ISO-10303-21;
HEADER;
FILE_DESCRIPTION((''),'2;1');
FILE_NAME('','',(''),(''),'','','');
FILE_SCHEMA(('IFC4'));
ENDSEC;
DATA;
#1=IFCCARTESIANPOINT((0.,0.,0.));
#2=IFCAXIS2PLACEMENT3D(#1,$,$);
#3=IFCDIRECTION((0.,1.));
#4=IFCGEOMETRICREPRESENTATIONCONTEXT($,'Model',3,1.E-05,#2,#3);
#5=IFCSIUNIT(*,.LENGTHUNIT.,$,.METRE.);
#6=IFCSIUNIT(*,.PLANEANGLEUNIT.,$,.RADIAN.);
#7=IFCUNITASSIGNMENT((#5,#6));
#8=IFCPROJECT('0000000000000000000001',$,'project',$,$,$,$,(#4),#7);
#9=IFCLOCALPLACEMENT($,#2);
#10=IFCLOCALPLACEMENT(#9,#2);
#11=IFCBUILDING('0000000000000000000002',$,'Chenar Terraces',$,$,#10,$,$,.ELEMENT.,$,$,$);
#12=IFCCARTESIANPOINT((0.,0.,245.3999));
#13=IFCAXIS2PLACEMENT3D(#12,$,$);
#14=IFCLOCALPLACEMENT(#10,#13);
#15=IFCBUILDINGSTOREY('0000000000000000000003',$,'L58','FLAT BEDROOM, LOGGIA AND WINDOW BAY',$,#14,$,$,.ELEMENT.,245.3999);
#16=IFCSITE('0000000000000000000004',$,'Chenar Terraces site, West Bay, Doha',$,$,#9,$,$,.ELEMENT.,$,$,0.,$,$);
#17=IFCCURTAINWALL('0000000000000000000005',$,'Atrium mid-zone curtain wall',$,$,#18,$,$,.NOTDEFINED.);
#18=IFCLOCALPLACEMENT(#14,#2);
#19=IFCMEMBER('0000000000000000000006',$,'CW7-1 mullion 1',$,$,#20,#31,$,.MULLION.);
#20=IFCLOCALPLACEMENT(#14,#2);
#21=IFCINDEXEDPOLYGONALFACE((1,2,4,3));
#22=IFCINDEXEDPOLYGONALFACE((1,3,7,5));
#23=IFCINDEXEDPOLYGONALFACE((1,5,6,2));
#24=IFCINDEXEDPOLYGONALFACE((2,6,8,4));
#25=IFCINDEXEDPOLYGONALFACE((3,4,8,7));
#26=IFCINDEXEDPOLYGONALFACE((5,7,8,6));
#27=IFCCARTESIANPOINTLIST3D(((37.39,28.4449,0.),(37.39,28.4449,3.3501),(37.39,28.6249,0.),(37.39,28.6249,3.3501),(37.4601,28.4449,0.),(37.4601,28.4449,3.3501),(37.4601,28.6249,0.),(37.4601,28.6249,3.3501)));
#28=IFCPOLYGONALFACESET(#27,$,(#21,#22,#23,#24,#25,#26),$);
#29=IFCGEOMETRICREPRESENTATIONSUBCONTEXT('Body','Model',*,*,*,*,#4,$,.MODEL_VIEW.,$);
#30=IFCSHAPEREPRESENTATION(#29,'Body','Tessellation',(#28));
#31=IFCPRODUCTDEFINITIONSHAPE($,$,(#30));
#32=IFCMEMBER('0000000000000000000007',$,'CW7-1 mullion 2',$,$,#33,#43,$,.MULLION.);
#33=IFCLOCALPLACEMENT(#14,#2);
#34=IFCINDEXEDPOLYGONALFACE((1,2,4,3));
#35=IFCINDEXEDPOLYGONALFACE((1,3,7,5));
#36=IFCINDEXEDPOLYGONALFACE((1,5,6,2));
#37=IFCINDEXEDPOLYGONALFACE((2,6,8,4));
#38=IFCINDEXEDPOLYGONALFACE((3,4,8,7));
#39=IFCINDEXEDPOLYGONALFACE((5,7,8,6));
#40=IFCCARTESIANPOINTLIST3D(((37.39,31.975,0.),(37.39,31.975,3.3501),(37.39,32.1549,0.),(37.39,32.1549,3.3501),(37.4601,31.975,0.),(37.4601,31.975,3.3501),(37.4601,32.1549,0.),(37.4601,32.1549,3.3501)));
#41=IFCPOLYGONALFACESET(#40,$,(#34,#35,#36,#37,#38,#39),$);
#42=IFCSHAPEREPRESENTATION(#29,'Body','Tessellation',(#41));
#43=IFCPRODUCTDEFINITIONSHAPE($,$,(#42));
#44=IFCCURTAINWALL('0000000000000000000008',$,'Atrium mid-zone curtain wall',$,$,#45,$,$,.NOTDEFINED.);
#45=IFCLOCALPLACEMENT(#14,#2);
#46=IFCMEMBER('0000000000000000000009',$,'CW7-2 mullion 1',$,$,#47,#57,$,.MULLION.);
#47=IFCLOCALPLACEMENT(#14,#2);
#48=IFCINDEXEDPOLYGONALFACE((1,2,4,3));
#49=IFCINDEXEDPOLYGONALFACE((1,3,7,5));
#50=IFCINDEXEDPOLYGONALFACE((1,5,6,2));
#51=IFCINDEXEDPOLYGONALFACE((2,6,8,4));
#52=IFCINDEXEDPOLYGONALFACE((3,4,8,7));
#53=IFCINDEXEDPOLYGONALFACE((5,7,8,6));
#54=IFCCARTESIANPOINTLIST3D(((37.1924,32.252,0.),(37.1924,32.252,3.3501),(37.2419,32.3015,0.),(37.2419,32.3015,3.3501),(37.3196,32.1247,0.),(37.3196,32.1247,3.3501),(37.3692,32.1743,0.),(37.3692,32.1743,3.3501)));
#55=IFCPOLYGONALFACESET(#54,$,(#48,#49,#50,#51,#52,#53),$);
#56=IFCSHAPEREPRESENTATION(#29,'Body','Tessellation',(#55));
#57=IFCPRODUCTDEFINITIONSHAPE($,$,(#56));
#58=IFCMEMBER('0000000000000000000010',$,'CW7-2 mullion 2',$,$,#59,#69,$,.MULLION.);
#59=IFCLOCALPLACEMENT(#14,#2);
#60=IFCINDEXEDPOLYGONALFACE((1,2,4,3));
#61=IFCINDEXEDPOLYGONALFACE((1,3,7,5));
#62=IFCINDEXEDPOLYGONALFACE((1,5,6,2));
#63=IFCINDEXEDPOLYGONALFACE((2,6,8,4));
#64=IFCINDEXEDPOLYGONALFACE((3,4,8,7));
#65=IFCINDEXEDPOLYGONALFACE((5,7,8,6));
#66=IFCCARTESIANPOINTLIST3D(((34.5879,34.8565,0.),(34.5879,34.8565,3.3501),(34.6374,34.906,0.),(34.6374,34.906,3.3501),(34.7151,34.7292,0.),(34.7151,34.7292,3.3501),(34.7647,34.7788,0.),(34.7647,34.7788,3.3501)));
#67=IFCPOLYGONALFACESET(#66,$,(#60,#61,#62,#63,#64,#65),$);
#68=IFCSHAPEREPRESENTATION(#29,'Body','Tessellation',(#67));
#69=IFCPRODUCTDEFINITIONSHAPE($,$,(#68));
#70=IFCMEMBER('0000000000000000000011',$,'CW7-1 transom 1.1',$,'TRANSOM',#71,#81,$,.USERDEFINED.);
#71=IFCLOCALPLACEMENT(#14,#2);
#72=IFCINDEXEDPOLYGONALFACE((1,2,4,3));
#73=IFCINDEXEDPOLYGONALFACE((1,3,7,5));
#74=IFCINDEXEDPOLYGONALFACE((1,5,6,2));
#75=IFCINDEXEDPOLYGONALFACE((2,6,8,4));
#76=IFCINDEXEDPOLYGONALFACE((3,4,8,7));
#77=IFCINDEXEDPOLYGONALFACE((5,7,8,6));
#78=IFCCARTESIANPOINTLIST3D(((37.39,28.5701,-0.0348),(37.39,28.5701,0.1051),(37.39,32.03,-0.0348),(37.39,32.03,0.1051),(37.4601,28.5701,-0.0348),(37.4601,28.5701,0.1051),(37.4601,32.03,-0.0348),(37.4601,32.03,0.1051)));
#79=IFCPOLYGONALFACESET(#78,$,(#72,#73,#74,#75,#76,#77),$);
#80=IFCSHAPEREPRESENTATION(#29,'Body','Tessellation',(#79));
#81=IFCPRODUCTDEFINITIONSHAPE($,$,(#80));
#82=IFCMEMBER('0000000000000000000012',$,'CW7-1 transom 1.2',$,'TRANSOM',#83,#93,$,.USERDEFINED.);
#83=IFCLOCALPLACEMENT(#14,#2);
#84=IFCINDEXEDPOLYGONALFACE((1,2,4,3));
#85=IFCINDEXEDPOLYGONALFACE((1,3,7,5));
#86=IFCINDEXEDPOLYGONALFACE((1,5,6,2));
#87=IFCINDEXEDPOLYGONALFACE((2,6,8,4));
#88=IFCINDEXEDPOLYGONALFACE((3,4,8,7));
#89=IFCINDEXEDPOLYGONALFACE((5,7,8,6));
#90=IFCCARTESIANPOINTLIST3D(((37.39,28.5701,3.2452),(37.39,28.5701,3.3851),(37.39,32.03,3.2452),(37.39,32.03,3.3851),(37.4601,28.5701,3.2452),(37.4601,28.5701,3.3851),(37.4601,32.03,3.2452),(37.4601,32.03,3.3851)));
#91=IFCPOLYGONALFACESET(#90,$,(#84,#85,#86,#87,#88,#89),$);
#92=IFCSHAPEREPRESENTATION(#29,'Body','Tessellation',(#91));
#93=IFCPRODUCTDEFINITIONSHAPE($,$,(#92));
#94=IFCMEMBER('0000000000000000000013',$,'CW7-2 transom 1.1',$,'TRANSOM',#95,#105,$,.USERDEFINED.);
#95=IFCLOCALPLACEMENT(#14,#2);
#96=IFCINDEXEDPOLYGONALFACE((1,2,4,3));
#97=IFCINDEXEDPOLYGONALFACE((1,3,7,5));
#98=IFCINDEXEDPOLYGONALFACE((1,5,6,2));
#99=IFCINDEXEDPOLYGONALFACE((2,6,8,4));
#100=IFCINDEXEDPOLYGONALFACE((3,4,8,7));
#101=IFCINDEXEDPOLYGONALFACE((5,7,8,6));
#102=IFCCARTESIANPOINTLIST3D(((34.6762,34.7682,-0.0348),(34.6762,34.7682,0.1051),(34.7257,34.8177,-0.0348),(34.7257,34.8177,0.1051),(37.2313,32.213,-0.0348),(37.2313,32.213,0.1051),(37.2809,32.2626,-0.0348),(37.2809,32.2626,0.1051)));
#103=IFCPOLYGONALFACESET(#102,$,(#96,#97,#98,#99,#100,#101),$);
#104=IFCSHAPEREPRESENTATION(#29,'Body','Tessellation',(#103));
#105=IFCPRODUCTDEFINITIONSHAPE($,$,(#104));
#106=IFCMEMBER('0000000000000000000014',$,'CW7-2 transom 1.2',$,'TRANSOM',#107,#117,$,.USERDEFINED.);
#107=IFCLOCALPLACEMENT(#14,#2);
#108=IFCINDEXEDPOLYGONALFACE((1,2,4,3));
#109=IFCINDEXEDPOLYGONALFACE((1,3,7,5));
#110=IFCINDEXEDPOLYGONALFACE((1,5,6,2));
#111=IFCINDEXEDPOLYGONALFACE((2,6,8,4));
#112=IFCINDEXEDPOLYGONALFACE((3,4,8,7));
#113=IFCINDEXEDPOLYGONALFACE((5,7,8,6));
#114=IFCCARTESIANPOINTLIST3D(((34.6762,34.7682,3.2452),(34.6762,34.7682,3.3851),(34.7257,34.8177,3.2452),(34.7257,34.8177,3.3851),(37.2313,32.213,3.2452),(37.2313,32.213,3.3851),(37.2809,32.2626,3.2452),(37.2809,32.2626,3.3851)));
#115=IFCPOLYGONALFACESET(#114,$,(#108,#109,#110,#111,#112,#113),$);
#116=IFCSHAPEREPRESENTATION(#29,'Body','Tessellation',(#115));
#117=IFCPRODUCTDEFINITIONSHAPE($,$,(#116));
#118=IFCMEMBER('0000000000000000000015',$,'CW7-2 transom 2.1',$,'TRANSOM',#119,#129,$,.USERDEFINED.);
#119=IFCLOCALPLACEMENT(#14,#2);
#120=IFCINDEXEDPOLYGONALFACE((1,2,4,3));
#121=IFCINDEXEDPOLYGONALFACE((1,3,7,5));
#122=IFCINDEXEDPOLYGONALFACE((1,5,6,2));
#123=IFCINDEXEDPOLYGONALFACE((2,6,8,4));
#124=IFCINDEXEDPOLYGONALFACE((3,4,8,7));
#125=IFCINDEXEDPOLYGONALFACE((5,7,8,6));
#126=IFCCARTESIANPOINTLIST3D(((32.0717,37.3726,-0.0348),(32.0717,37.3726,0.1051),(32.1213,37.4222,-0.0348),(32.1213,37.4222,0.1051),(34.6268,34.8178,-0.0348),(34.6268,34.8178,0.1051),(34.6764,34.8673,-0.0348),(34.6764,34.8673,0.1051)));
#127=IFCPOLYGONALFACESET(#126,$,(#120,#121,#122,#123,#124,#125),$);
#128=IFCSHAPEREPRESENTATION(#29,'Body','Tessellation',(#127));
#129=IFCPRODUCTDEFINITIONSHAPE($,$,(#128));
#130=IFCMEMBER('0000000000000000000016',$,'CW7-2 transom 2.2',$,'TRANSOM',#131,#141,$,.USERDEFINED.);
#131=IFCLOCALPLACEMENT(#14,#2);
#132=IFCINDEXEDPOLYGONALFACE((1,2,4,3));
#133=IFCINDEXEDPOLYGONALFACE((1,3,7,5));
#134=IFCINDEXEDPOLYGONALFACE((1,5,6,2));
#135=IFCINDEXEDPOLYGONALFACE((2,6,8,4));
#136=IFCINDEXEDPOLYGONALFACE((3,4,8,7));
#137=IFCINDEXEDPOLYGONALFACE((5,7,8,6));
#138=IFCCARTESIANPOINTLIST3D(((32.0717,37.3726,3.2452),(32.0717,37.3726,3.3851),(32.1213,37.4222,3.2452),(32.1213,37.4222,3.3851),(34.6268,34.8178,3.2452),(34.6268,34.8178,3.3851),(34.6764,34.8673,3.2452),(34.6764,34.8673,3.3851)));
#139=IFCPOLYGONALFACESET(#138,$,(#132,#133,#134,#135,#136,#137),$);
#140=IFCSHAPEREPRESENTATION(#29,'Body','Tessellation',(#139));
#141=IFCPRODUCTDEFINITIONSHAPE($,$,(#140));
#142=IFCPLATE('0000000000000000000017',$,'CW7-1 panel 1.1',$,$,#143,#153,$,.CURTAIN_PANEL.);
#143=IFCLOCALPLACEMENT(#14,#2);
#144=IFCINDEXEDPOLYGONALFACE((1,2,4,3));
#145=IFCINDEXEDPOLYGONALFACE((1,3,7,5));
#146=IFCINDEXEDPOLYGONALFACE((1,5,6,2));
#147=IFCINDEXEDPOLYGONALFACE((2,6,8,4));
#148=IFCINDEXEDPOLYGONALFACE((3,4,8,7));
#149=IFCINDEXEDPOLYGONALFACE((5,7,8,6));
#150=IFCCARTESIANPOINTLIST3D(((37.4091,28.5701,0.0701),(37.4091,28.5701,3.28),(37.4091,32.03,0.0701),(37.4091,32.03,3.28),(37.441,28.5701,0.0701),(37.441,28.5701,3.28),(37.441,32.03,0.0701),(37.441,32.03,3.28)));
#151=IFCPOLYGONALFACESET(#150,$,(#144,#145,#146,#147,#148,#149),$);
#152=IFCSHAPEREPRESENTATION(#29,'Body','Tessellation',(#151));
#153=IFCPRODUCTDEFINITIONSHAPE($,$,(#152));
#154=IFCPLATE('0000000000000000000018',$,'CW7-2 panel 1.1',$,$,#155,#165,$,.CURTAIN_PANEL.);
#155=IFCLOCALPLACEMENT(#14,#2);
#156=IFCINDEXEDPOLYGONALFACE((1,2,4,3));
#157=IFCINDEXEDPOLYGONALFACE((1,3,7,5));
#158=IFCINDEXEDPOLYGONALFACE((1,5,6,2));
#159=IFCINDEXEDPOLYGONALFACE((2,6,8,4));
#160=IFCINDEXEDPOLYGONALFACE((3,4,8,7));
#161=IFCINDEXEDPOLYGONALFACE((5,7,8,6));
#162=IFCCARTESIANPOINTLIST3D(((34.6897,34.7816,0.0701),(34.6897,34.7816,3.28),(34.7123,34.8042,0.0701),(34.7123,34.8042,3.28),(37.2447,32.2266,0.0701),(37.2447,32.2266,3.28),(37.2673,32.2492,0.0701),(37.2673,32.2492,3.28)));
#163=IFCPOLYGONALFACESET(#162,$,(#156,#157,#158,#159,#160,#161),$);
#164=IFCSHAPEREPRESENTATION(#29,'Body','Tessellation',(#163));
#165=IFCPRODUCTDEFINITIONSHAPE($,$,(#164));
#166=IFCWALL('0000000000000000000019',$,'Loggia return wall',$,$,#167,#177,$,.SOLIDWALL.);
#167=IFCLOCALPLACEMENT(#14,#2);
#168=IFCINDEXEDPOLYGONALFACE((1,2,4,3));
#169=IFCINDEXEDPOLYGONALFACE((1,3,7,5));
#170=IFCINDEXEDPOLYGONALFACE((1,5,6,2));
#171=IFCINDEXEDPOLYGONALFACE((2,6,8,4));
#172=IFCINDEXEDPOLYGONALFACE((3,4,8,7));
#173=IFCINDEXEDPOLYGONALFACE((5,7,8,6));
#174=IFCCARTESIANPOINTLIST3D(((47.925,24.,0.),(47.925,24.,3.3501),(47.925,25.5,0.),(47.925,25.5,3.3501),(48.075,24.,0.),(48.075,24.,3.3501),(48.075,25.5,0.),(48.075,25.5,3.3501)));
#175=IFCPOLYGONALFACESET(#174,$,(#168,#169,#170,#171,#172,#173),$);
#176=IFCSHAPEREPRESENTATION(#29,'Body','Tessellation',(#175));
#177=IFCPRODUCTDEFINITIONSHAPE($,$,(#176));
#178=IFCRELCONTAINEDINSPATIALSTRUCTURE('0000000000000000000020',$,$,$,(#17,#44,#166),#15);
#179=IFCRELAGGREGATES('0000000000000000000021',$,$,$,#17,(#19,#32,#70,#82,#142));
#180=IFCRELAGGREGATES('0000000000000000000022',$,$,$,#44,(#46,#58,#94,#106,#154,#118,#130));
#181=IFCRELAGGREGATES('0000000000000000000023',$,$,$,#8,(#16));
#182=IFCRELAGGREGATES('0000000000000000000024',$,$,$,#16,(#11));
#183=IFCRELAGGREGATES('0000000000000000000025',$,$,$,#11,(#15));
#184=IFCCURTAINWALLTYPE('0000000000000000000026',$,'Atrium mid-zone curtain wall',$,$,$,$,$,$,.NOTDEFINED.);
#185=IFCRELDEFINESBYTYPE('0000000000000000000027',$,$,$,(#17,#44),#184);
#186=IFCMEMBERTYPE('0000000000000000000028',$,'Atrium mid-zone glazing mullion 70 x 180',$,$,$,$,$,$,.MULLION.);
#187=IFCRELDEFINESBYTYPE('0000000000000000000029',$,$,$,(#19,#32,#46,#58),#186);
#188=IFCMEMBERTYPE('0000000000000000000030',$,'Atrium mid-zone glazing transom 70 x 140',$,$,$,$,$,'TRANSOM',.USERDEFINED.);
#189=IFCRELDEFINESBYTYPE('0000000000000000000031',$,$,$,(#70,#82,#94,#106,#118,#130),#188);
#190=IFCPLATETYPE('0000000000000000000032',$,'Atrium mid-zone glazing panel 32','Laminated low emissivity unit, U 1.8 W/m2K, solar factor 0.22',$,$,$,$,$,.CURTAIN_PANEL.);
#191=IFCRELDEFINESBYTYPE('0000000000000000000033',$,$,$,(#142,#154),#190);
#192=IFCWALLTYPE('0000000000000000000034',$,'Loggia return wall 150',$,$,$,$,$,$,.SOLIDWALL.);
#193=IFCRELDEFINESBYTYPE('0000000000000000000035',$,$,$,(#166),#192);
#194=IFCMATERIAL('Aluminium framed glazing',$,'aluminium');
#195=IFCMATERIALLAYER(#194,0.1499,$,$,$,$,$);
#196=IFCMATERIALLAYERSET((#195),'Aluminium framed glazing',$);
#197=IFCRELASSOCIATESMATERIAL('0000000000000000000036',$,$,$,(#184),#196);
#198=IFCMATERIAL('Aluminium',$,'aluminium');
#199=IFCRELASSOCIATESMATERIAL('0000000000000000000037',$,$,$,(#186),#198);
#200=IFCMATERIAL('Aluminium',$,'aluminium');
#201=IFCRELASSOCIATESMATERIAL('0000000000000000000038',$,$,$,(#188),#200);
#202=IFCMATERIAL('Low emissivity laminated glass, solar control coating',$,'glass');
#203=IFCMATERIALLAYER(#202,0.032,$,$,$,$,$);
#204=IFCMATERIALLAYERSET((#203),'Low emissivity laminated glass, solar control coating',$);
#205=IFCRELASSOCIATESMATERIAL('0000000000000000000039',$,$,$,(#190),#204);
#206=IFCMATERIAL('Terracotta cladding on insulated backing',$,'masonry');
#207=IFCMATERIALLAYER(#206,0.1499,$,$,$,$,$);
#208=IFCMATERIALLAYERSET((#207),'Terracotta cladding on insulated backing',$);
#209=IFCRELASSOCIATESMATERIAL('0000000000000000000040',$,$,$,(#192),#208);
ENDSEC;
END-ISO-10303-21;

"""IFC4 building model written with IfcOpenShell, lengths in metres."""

from ifc_helpers import new_model, si_unit, direction, frame, frame_2d, origin, origin_2d, place, context, subcontext, project, spatial, rectangle, extrude, material, layer, layer_set, material_profile, profile_set, type_object, element, aggregate, save


model = new_model("IFC4")

# Units and contexts
model_context = context("Model", 3, precision=1e-05, world=origin(), true_north=direction((0.0, 1.0)))
body_context = subcontext(model_context, "Body", "Model", "MODEL_VIEW")
ifc_project = project(units=[si_unit("LENGTHUNIT", "METRE"), si_unit("PLANEANGLEUNIT", "RADIAN")], contexts=[model_context])

# Site, building, storey
site_placement = place(None, origin())
site = spatial("IfcSite", under=ifc_project, at=site_placement, Name="Chenar Terraces site, West Bay, Doha", CompositionType="ELEMENT", RefElevation=0.0)
building_placement = place(site_placement, origin())
building = spatial("IfcBuilding", under=site, at=building_placement, Name="Chenar Terraces", CompositionType="ELEMENT")
storey_placement = place(building_placement, frame((0.0, 0.0, 245.3999)))
storey = spatial("IfcBuildingStorey", under=building, at=storey_placement, Name="L58", Description="FLAT BEDROOM, LOGGIA AND WINDOW BAY", CompositionType="ELEMENT", Elevation=245.3999)

# Curtain walls, members
ifc_material_1 = material(Name="Aluminium framed glazing", Category="aluminium")
ifc_layer_1 = layer(ifc_material_1, 0.1499)
ifc_layer_set_1 = layer_set([ifc_layer_1], Name="Aluminium framed glazing")
curtain_wall_type = type_object("IfcCurtainWallType", Name="Atrium mid-zone curtain wall", PredefinedType="NOTDEFINED", material=ifc_layer_set_1)
placement = place(storey_placement, origin())
curtain_wall_1 = element("IfcCurtainWall", 1, at=placement, inside=storey, type_object=curtain_wall_type, Name="Atrium mid-zone curtain wall", PredefinedType="NOTDEFINED")
ifc_material_2 = material(Name="Aluminium", Category="aluminium")
ifc_material_profile_1 = material_profile(ifc_material_2, rectangle(XDim=0.0701, YDim=0.1799, at=origin_2d()), Name="Atrium mid-zone glazing mullion 70 x 180")
ifc_profile_set_1 = profile_set([ifc_material_profile_1], Name="Aluminium")
member_type_1 = type_object("IfcMemberType", Name="Atrium mid-zone glazing mullion 70 x 180", PredefinedType="MULLION", material=ifc_profile_set_1)
member_1_placement = place(storey_placement, frame((37.425, 28.5349, 0.0), z_axis=(0.0, 0.0, 1.0), x_axis=(-1.0, 0.0, 0.0)))
member_1 = element("IfcMember", 2, at=member_1_placement, type_object=member_type_1, Name="CW7-1 mullion 1", PredefinedType="MULLION", context=body_context, shape_type="SweptSolid", body=[
    extrude(rectangle(XDim=0.0701, YDim=0.1799, at=origin_2d()), origin(), (0.0, 0.0, 1.0), 3.3501),
])
member_2_placement = place(storey_placement, frame((37.425, 32.0649, 0.0), z_axis=(0.0, 0.0, 1.0), x_axis=(-1.0, 0.0, 0.0)))
member_2 = element("IfcMember", 3, at=member_2_placement, type_object=member_type_1, Name="CW7-1 mullion 2", PredefinedType="MULLION", context=body_context, shape_type="SweptSolid", body=[
    extrude(rectangle(XDim=0.0701, YDim=0.1799, at=origin_2d()), origin(), (0.0, 0.0, 1.0), 3.3501),
])
curtain_wall_2 = element("IfcCurtainWall", 4, at=placement, inside=storey, type_object=curtain_wall_type, Name="Atrium mid-zone curtain wall", PredefinedType="NOTDEFINED")
member_3_placement = place(storey_placement, frame((37.2808, 32.2131, 0.0), z_axis=(0.0, 0.0, 1.0), x_axis=(-0.707107, -0.707107, 0.0)))
member_3 = element("IfcMember", 5, at=member_3_placement, type_object=member_type_1, Name="CW7-2 mullion 1", PredefinedType="MULLION", context=body_context, shape_type="SweptSolid", body=[
    extrude(rectangle(XDim=0.0701, YDim=0.1799, at=origin_2d()), origin(), (0.0, 0.0, 1.0), 3.3501),
])
member_4_placement = place(storey_placement, frame((34.6763, 34.8176, 0.0), z_axis=(0.0, 0.0, 1.0), x_axis=(-0.707107, -0.707107, 0.0)))
member_4 = element("IfcMember", 6, at=member_4_placement, type_object=member_type_1, Name="CW7-2 mullion 2", PredefinedType="MULLION", context=body_context, shape_type="SweptSolid", body=[
    extrude(rectangle(XDim=0.0701, YDim=0.1799, at=origin_2d()), origin(), (0.0, 0.0, 1.0), 3.3501),
])

# Members
ifc_material_3 = material(Name="Aluminium", Category="aluminium")
ifc_material_profile_2 = material_profile(ifc_material_3, rectangle(XDim=0.0701, YDim=0.1399, at=origin_2d()), Name="Atrium mid-zone glazing transom 70 x 140")
ifc_profile_set_2 = profile_set([ifc_material_profile_2], Name="Aluminium")
member_type_2 = type_object("IfcMemberType", Name="Atrium mid-zone glazing transom 70 x 140", ElementType="TRANSOM", PredefinedType="USERDEFINED", material=ifc_profile_set_2)
member_5_placement = place(storey_placement, frame((37.425, 28.5701, 0.0352), z_axis=(0.0, 1.0, 0.0), x_axis=(-1.0, 0.0, 0.0)))
member_5 = element("IfcMember", 7, at=member_5_placement, type_object=member_type_2, Name="CW7-1 transom 1.1", ObjectType="TRANSOM", PredefinedType="USERDEFINED", context=body_context, shape_type="SweptSolid", body=[
    extrude(rectangle(XDim=0.0701, YDim=0.1399, at=origin_2d()), origin(), (0.0, 0.0, 1.0), 3.46),
])
member_6_placement = place(storey_placement, frame((37.425, 28.5701, 3.3152), z_axis=(0.0, 1.0, 0.0), x_axis=(-1.0, 0.0, 0.0)))
member_6 = element("IfcMember", 8, at=member_6_placement, type_object=member_type_2, Name="CW7-1 transom 1.2", ObjectType="TRANSOM", PredefinedType="USERDEFINED", context=body_context, shape_type="SweptSolid", body=[
    extrude(rectangle(XDim=0.0701, YDim=0.1399, at=origin_2d()), origin(), (0.0, 0.0, 1.0), 3.46),
])
member_7_placement = place(storey_placement, frame((37.2561, 32.2378, 0.0352), z_axis=(-0.707107, 0.707107, 0.0), x_axis=(-0.707107, -0.707107, 0.0)))
member_7 = element("IfcMember", 9, at=member_7_placement, type_object=member_type_2, Name="CW7-2 transom 1.1", ObjectType="TRANSOM", PredefinedType="USERDEFINED", context=body_context, shape_type="SweptSolid", body=[
    extrude(rectangle(XDim=0.0701, YDim=0.1399, at=origin_2d()), origin(), (0.0, 0.0, 1.0), 3.6135),
])
member_8_placement = place(storey_placement, frame((37.2561, 32.2378, 3.3152), z_axis=(-0.707107, 0.707107, 0.0), x_axis=(-0.707107, -0.707107, 0.0)))
member_8 = element("IfcMember", 10, at=member_8_placement, type_object=member_type_2, Name="CW7-2 transom 1.2", ObjectType="TRANSOM", PredefinedType="USERDEFINED", context=body_context, shape_type="SweptSolid", body=[
    extrude(rectangle(XDim=0.0701, YDim=0.1399, at=origin_2d()), origin(), (0.0, 0.0, 1.0), 3.6135),
])
member_9_placement = place(storey_placement, frame((34.6516, 34.8425, 0.0352), z_axis=(-0.707141, 0.707073, 0.0), x_axis=(-0.707073, -0.707141, 0.0)))
member_9 = element("IfcMember", 11, at=member_9_placement, type_object=member_type_2, Name="CW7-2 transom 2.1", ObjectType="TRANSOM", PredefinedType="USERDEFINED", context=body_context, shape_type="SweptSolid", body=[
    extrude(rectangle(XDim=0.0701, YDim=0.1399, at=origin_2d()), origin(), (0.0, 0.0, 1.0), 3.6133),
])
member_10_placement = place(storey_placement, frame((34.6516, 34.8425, 3.3152), z_axis=(-0.707141, 0.707073, 0.0), x_axis=(-0.707073, -0.707141, 0.0)))
member_10 = element("IfcMember", 12, at=member_10_placement, type_object=member_type_2, Name="CW7-2 transom 2.2", ObjectType="TRANSOM", PredefinedType="USERDEFINED", context=body_context, shape_type="SweptSolid", body=[
    extrude(rectangle(XDim=0.0701, YDim=0.1399, at=origin_2d()), origin(), (0.0, 0.0, 1.0), 3.6133),
])

# Plates
ifc_material_4 = material(Name="Low emissivity laminated glass, solar control coating", Category="glass")
ifc_layer_2 = layer(ifc_material_4, 0.032)
ifc_layer_set_2 = layer_set([ifc_layer_2], Name="Low emissivity laminated glass, solar control coating")
plate_type = type_object("IfcPlateType", Name="Atrium mid-zone glazing panel 32", Description="Laminated low emissivity unit, U 1.8 W/m2K, solar factor 0.22", PredefinedType="CURTAIN_PANEL", material=ifc_layer_set_2)
plate_1_placement = place(storey_placement, frame((37.425, 30.3, 0.0701), z_axis=(0.0, 0.0, 1.0), x_axis=(0.0, 1.0, 0.0)))
plate_1 = element("IfcPlate", 13, at=plate_1_placement, type_object=plate_type, Name="CW7-1 panel 1.1", PredefinedType="CURTAIN_PANEL", context=body_context, shape_type="SweptSolid", body=[
    extrude(rectangle(XDim=3.46, YDim=0.032, at=origin_2d()), origin(), (0.0, 0.0, 1.0), 3.21),
])
aggregate(curtain_wall_1, [member_1, member_2, member_5, member_6, plate_1])
plate_2_placement = place(storey_placement, frame((35.9785, 33.5154, 0.0701), z_axis=(0.0, 0.0, 1.0), x_axis=(-0.707107, 0.707107, 0.0)))
plate_2 = element("IfcPlate", 14, at=plate_2_placement, type_object=plate_type, Name="CW7-2 panel 1.1", PredefinedType="CURTAIN_PANEL", context=body_context, shape_type="SweptSolid", body=[
    extrude(rectangle(XDim=3.6133, YDim=0.032, at=origin_2d()), origin(), (0.0, 0.0, 1.0), 3.21),
])
aggregate(curtain_wall_2, [member_3, member_4, member_7, member_8, plate_2, member_9, member_10])

# Wall
ifc_material_5 = material(Name="Terracotta cladding on insulated backing", Category="masonry")
ifc_layer_3 = layer(ifc_material_5, 0.1499)
ifc_layer_set_3 = layer_set([ifc_layer_3], Name="Terracotta cladding on insulated backing")
wall_type = type_object("IfcWallType", Name="Loggia return wall 150", PredefinedType="SOLIDWALL", material=ifc_layer_set_3)
wall_placement = place(storey_placement, frame((48.0, 25.5, 0.0), z_axis=(0.0, 0.0, 1.0), x_axis=(0.0, -1.0, 0.0)))
element("IfcWall", 15, at=wall_placement, inside=storey, type_object=wall_type, Name="Loggia return wall", PredefinedType="SOLIDWALL", context=body_context, shape_type="SweptSolid", body=[
    extrude(rectangle(XDim=1.5, YDim=0.1499, at=frame_2d((0.75, 0.0))), origin(), (0.0, 0.0, 1.0), 3.3501),
])

save(model, "model.ifc")
